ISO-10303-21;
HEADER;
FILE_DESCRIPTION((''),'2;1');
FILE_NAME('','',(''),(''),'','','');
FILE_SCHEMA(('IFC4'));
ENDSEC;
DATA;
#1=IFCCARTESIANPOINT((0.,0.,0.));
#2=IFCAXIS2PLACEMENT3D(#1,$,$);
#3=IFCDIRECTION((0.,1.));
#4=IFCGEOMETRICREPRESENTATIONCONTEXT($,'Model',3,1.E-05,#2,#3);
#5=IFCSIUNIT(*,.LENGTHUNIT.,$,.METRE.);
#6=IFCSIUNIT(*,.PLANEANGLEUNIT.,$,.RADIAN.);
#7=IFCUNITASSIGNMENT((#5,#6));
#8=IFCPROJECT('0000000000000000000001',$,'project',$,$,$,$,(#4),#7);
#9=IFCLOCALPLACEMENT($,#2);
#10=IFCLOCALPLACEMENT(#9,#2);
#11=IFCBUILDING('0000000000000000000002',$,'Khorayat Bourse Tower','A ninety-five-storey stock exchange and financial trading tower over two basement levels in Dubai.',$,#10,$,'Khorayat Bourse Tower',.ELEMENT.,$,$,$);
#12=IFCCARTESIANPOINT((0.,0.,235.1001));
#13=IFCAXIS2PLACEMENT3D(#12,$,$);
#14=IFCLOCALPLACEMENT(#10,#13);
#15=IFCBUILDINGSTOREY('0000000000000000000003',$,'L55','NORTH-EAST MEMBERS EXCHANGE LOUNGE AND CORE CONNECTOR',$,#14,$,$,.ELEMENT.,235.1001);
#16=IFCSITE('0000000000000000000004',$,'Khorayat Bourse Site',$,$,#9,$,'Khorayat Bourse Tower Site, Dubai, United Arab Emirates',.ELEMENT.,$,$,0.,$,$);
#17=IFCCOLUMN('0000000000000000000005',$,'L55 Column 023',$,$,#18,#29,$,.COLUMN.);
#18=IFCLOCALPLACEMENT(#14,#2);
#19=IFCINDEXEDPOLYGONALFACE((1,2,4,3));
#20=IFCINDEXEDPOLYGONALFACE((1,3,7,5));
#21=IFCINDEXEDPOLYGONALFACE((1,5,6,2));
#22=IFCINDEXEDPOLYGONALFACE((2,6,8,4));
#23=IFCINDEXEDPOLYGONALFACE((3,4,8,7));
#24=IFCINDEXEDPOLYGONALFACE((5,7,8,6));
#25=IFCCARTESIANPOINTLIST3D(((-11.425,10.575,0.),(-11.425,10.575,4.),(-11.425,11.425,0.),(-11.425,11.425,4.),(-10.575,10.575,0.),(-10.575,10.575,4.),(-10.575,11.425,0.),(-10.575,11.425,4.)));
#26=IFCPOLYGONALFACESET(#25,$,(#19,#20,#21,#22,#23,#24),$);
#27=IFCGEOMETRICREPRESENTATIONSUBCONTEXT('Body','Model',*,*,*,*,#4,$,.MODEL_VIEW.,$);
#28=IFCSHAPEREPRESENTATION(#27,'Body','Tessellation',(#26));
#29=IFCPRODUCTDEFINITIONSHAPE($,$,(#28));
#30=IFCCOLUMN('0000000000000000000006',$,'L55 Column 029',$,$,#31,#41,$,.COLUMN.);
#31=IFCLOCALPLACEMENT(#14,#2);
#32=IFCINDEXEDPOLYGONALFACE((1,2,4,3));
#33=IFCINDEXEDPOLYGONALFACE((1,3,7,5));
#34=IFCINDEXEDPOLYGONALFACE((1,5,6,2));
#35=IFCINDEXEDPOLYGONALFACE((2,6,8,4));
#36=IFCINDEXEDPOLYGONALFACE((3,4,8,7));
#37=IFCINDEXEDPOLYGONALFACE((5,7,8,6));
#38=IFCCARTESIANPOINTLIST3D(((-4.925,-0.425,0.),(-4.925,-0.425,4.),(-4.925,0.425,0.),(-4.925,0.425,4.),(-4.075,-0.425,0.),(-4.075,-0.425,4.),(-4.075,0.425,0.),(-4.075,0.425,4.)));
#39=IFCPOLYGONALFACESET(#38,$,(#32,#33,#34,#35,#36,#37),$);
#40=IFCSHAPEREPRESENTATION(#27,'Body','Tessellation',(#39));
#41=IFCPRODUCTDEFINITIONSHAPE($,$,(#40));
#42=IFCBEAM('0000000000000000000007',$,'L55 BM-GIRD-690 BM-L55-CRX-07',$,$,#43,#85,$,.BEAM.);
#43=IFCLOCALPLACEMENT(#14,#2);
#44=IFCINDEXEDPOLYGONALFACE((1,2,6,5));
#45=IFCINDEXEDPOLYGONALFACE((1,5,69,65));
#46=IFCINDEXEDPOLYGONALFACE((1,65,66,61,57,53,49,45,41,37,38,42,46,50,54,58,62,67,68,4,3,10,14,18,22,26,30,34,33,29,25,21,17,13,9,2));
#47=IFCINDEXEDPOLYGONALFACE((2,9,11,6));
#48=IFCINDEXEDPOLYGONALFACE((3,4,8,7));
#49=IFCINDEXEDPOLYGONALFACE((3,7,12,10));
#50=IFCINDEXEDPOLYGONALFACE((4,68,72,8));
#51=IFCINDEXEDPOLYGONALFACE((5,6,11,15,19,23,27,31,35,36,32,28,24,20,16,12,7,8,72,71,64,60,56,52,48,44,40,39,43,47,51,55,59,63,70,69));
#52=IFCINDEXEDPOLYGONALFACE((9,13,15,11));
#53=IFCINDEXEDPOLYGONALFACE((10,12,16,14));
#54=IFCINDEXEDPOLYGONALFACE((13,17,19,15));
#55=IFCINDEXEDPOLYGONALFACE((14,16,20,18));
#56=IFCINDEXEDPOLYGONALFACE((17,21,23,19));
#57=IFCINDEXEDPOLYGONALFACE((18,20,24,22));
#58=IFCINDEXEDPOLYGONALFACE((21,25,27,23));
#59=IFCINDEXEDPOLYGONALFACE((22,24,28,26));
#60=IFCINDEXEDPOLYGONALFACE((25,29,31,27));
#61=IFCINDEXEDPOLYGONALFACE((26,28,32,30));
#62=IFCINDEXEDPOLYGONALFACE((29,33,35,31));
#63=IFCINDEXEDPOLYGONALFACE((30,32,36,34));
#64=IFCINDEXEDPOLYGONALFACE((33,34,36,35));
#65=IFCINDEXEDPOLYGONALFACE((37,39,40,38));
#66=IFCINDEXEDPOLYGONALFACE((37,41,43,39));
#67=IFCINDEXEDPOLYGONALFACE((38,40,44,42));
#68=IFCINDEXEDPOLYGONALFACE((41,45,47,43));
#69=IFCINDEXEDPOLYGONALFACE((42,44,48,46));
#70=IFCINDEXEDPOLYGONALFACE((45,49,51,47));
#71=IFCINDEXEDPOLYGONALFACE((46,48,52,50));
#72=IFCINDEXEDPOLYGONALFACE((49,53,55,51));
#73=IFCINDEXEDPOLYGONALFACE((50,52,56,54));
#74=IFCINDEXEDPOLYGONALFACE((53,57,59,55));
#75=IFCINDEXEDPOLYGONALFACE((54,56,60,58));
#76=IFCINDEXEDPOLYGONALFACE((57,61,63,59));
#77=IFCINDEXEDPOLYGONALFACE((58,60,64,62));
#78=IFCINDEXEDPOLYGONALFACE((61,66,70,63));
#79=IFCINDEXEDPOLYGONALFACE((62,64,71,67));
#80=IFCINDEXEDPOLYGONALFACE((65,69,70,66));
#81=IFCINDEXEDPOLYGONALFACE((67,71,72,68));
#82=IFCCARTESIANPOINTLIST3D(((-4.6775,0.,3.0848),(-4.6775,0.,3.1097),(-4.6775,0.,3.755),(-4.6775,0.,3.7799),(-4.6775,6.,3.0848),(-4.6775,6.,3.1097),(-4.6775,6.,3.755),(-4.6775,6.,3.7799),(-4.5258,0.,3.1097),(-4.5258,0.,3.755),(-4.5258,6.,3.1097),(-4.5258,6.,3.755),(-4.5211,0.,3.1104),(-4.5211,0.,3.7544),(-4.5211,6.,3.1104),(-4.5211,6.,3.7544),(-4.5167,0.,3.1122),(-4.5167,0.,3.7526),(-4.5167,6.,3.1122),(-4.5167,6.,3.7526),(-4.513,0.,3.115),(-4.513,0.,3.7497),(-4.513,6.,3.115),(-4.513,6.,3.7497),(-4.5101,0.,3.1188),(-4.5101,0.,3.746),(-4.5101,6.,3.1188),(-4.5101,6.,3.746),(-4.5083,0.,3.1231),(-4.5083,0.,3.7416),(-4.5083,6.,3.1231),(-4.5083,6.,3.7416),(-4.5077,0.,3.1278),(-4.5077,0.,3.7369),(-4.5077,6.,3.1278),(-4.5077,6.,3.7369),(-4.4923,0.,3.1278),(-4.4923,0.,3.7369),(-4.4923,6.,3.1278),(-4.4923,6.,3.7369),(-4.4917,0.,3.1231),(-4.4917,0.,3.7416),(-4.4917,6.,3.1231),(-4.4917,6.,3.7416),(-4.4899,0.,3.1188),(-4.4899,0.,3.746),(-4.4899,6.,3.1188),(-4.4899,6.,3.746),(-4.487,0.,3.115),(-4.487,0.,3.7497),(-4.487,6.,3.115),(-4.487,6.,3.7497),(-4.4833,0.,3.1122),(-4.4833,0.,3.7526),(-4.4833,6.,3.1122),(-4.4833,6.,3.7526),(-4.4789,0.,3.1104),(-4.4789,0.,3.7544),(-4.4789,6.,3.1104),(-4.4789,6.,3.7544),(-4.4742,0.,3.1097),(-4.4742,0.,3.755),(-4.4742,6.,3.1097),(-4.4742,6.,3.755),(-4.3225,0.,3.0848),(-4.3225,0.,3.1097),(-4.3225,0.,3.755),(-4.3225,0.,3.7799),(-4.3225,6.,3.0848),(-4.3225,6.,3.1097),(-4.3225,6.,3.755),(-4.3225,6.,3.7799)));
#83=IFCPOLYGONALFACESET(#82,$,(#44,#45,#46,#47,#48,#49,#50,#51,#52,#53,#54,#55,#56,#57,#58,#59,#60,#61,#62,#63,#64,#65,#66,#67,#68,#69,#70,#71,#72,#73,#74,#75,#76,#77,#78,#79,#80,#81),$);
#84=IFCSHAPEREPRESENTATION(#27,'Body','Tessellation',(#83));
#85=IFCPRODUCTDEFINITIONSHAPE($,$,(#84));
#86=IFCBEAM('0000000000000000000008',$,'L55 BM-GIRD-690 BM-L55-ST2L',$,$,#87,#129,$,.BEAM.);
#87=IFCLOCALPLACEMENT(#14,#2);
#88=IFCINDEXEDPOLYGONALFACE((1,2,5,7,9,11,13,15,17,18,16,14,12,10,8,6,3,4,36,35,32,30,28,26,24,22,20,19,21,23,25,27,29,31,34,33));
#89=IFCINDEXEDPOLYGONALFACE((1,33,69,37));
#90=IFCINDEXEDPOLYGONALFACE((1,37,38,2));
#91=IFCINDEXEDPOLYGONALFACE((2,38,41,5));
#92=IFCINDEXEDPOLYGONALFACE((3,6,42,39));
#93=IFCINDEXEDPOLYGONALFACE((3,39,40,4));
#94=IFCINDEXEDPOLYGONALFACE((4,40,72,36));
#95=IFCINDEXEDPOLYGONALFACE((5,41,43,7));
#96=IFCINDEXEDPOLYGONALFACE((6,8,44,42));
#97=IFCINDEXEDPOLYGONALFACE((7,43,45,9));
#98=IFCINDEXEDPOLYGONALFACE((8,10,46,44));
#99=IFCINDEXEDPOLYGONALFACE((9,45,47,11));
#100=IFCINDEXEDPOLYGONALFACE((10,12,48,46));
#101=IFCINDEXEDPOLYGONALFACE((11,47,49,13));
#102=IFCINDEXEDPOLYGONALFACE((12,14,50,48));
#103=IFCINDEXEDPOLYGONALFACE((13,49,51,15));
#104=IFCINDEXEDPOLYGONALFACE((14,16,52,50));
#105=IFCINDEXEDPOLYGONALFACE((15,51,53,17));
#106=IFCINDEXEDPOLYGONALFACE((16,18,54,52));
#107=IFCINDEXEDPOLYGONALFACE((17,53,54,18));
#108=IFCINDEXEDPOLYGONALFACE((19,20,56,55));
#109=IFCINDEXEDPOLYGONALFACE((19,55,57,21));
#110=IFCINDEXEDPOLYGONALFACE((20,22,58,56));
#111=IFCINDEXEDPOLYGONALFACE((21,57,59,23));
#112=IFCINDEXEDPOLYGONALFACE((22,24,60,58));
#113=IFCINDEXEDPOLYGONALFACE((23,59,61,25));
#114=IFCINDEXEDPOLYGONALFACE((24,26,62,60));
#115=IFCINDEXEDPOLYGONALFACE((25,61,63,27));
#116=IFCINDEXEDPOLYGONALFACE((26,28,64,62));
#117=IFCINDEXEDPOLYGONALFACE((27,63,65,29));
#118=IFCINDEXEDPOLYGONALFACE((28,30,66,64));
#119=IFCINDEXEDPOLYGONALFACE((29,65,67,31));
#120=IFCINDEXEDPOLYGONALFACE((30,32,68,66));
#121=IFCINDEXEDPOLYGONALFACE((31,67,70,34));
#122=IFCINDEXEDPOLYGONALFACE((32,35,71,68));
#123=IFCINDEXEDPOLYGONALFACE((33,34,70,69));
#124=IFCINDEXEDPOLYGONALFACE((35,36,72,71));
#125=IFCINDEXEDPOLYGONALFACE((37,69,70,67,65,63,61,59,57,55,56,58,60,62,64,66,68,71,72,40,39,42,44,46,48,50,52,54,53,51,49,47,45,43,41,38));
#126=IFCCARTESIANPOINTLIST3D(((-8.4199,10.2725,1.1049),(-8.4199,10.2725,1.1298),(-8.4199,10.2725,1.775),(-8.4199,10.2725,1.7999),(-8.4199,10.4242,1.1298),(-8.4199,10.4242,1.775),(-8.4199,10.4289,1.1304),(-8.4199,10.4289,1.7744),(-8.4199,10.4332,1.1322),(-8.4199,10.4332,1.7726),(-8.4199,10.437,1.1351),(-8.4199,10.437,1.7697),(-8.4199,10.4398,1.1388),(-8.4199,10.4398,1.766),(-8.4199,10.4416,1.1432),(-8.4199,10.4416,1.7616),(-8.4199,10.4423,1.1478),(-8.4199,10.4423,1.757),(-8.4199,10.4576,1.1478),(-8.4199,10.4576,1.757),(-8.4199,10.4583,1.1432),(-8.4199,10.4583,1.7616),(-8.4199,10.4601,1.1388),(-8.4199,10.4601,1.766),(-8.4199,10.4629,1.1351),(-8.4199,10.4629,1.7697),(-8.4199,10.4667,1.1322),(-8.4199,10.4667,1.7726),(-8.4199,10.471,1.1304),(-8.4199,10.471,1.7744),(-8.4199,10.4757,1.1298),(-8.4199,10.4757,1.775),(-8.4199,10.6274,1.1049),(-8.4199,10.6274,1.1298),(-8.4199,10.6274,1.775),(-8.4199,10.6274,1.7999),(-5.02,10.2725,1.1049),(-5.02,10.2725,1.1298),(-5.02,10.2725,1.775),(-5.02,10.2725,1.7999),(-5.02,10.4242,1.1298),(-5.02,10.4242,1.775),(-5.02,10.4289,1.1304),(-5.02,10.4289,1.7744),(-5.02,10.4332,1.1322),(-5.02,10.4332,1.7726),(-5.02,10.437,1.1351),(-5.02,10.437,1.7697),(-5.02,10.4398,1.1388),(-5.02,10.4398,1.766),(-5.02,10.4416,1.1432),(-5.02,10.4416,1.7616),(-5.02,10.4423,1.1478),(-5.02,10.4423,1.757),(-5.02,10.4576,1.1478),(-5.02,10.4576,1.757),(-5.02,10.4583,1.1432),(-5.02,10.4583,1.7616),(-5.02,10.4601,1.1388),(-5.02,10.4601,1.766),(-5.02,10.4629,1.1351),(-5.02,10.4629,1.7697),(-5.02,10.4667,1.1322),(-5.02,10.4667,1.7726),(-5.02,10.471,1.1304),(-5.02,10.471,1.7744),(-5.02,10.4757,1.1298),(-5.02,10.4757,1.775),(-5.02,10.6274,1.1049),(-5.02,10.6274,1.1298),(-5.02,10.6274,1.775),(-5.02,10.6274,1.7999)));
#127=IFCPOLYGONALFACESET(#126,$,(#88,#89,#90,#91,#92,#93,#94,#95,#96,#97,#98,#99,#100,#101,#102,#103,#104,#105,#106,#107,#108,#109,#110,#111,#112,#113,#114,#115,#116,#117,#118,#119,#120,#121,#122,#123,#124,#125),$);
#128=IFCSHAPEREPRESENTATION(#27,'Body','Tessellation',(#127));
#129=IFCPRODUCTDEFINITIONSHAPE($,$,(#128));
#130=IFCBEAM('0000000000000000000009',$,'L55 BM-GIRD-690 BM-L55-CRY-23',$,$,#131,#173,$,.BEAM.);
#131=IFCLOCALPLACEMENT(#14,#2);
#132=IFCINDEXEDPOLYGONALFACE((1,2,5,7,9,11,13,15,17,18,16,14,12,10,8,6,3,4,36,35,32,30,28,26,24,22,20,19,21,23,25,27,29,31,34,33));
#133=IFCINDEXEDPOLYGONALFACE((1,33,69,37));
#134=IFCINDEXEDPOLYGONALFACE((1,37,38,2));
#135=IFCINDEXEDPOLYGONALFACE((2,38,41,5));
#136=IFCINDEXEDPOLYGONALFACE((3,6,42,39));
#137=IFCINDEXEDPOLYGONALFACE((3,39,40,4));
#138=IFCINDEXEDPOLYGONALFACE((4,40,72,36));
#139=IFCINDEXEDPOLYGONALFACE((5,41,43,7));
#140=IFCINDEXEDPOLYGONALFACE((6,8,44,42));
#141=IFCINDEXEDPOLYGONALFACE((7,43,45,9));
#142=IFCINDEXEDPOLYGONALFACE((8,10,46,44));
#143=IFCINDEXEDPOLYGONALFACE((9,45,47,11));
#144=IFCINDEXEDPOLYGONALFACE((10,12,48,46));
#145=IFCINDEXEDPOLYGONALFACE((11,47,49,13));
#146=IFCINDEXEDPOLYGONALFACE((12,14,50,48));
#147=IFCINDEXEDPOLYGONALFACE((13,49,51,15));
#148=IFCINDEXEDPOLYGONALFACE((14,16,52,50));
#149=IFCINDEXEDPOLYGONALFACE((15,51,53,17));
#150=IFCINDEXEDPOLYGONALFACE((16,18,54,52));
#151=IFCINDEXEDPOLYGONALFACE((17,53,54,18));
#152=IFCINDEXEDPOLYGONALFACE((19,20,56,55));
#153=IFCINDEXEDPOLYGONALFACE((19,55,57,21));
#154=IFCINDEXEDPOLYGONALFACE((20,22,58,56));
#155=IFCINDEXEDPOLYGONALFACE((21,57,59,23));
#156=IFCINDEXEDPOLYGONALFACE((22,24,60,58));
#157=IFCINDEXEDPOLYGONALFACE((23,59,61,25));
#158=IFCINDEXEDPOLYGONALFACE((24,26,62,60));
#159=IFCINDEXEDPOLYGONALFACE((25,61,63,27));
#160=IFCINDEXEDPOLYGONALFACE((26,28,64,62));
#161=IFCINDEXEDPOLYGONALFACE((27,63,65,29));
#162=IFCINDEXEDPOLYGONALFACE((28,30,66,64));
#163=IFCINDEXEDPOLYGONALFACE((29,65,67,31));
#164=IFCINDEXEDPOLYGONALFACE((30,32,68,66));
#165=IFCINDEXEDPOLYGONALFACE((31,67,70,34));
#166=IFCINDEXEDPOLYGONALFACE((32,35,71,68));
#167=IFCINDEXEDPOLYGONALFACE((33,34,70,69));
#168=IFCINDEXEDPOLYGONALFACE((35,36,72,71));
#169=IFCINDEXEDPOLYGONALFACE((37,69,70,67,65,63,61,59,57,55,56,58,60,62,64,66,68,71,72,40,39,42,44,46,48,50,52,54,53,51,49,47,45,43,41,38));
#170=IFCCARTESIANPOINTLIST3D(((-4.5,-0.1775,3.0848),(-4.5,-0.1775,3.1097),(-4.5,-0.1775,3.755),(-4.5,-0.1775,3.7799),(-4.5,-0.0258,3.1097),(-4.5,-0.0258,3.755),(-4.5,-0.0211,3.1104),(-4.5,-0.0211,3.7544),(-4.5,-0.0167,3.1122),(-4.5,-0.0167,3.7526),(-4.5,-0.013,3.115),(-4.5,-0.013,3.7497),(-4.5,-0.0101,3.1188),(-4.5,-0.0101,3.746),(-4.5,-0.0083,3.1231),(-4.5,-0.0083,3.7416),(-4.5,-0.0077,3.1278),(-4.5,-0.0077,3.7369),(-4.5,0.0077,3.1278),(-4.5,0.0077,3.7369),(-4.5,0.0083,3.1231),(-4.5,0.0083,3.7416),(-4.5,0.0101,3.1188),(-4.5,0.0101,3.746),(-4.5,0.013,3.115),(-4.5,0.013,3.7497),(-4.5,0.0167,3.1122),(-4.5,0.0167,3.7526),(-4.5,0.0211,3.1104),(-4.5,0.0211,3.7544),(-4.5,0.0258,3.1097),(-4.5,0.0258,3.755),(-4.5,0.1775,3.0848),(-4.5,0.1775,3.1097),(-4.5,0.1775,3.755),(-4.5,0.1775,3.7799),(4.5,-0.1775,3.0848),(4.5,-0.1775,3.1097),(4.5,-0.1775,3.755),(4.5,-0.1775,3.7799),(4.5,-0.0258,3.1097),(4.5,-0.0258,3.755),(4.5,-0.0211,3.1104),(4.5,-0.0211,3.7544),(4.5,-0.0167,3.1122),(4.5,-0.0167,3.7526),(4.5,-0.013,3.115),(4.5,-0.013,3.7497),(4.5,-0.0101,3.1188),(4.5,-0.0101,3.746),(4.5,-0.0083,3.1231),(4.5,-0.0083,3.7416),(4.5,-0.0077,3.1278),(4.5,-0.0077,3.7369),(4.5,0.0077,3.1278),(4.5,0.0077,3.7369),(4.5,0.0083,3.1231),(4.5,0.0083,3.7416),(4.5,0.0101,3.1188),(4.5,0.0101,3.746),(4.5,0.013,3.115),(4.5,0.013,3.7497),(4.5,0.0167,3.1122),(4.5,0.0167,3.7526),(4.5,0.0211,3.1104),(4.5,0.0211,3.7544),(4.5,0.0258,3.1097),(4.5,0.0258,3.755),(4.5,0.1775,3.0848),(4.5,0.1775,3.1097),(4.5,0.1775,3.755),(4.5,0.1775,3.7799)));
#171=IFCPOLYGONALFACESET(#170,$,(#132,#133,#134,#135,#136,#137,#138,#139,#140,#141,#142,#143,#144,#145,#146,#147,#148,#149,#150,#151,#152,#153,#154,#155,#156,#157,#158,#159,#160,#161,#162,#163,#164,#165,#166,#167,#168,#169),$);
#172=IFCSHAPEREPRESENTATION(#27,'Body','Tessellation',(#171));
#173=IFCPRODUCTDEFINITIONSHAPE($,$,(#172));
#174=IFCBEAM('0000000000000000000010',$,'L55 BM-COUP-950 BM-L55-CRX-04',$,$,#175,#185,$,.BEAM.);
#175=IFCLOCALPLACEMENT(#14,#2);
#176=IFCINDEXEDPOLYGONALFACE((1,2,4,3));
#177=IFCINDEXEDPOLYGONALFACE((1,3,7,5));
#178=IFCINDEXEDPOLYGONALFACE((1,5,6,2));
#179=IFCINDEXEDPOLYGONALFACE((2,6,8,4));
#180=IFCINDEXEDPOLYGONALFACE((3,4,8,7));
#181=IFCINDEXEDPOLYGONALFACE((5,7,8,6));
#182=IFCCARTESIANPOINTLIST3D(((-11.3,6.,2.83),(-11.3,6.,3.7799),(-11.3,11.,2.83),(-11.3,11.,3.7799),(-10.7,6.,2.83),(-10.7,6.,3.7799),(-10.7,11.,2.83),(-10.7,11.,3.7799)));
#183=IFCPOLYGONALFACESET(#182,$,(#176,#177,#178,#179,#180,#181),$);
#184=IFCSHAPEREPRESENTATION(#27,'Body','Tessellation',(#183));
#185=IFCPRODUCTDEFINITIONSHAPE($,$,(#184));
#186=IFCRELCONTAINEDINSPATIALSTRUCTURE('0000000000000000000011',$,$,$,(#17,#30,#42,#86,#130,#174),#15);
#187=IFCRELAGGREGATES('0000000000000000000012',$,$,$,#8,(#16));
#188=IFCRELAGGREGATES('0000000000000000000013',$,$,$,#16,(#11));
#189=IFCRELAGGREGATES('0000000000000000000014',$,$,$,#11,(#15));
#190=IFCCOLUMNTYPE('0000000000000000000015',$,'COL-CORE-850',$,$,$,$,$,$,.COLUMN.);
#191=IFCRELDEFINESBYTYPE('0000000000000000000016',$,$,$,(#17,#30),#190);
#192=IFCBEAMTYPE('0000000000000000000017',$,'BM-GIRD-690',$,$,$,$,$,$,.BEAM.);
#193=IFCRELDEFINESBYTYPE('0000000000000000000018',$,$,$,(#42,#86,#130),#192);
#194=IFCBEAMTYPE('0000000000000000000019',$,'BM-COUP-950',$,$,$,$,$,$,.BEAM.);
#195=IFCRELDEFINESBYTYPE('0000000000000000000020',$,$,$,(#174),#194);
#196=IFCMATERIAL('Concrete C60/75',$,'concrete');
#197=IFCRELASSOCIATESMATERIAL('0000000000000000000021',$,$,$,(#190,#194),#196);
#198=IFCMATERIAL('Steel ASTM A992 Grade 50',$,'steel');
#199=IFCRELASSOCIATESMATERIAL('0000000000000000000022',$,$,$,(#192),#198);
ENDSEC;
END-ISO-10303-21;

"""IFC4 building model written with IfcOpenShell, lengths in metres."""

from ifc_helpers import new_model, si_unit, direction, frame, origin, origin_2d, place, context, subcontext, project, spatial, rectangle, i_section, extrude, source, transform, mapped, material, material_profile, profile_set, type_object, element, save


model = new_model("IFC4")

# Units and contexts
model_context = context("Model", 3, precision=1e-05, world=origin(), true_north=direction((0.0, 1.0)))
body_context = subcontext(model_context, "Body", "Model", "MODEL_VIEW")
ifc_project = project(units=[si_unit("LENGTHUNIT", "METRE"), si_unit("PLANEANGLEUNIT", "RADIAN")], contexts=[model_context])

# Site, building, storey
site_placement = place(None, origin())
site = spatial("IfcSite", under=ifc_project, at=site_placement, Name="Khorayat Bourse Site", LongName="Khorayat Bourse Tower Site, Dubai, United Arab Emirates", CompositionType="ELEMENT", RefElevation=0.0)
building_placement = place(site_placement, origin())
building = spatial("IfcBuilding", under=site, at=building_placement, Name="Khorayat Bourse Tower", Description="A ninety-five-storey stock exchange and financial trading tower over two basement levels in Dubai.", LongName="Khorayat Bourse Tower", CompositionType="ELEMENT")
storey_placement = place(building_placement, frame((0.0, 0.0, 235.1001)))
storey = spatial("IfcBuildingStorey", under=building, at=storey_placement, Name="L55", Description="NORTH-EAST MEMBERS EXCHANGE LOUNGE AND CORE CONNECTOR", CompositionType="ELEMENT", Elevation=235.1001)

# Columns
ifc_material_1 = material(Name="Concrete C60/75", Category="concrete")
ifc_material_profile_1 = material_profile(ifc_material_1, rectangle(XDim=0.8501, YDim=0.8501, at=origin_2d()), Name="RC 850x850")
ifc_profile_set_1 = profile_set([ifc_material_profile_1], Name="Concrete C60/75")
column_type = type_object("IfcColumnType", Name="COL-CORE-850", PredefinedType="COLUMN", material=ifc_profile_set_1)
shared_shape_1 = source(origin(), body_context, "Body", "SweptSolid", [
    extrude(rectangle(XDim=0.8501, YDim=0.8501, at=origin_2d()), origin(), (0.0, 0.0, 1.0), 4.0),
])
for number, where, z_axis, x_axis, name in (
    (1, (-11.0, 11.0, 0.0), (0.0, 0.0, 1.0), (1.0, 0.0, 0.0), "L55 Column 023"),
    (2, (-4.5, 0.0, 0.0), (0.0, 0.0, 1.0), (1.0, 0.0, 0.0), "L55 Column 029"),
):
    element("IfcColumn", number, at=place(storey_placement, frame(where, z_axis=z_axis, x_axis=x_axis)), inside=storey, type_object=column_type, Name=name, PredefinedType="COLUMN", context=body_context, shape_type="MappedRepresentation", body=[
        mapped(shared_shape_1, transform((0.0, 0.0, 0.0), scale=1.0)),
    ])

# Beams
ifc_material_2 = material(Name="Steel ASTM A992 Grade 50", Category="steel")
ifc_material_profile_2 = material_profile(ifc_material_2, i_section(OverallWidth=0.355, OverallDepth=0.6951, WebThickness=0.0154, FlangeThickness=0.0249, FilletRadius=0.0181, at=origin_2d()), Name="W690X217")
ifc_profile_set_2 = profile_set([ifc_material_profile_2], Name="Steel ASTM A992 Grade 50")
beam_type_1 = type_object("IfcBeamType", Name="BM-GIRD-690", PredefinedType="BEAM", material=ifc_profile_set_2)
shared_shape_2 = source(origin(), body_context, "Body", "SweptSolid", [
    extrude(i_section(OverallWidth=0.355, OverallDepth=0.6951, WebThickness=0.0154, FlangeThickness=0.0249, FilletRadius=0.0181, at=origin_2d()), origin(), (0.0, 0.0, 1.0), 6.0),
])
beam_1_placement = place(storey_placement, frame((-4.5, 0.0, 3.4324), z_axis=(0.0, 1.0, 0.0), x_axis=(-1.0, 0.0, 0.0)))
element("IfcBeam", 3, at=beam_1_placement, inside=storey, type_object=beam_type_1, Name="L55 BM-GIRD-690 BM-L55-CRX-07", PredefinedType="BEAM", context=body_context, shape_type="MappedRepresentation", body=[
    mapped(shared_shape_2, transform((0.0, 0.0, 0.0), scale=1.0)),
])
shared_shape_3 = source(origin(), body_context, "Body", "SweptSolid", [
    extrude(i_section(OverallWidth=0.355, OverallDepth=0.6951, WebThickness=0.0154, FlangeThickness=0.0249, FilletRadius=0.0181, at=origin_2d()), origin(), (0.0, 0.0, 1.0), 3.3999),
])
beam_2_placement = place(storey_placement, frame((-8.4199, 10.45, 1.4524), z_axis=(1.0, 0.0, 0.0), x_axis=(0.0, 1.0, 0.0)))
element("IfcBeam", 4, at=beam_2_placement, inside=storey, type_object=beam_type_1, Name="L55 BM-GIRD-690 BM-L55-ST2L", PredefinedType="BEAM", context=body_context, shape_type="MappedRepresentation", body=[
    mapped(shared_shape_3, transform((0.0, 0.0, 0.0), scale=1.0)),
])
shared_shape_4 = source(origin(), body_context, "Body", "SweptSolid", [
    extrude(i_section(OverallWidth=0.355, OverallDepth=0.6951, WebThickness=0.0154, FlangeThickness=0.0249, FilletRadius=0.0181, at=origin_2d()), origin(), (0.0, 0.0, 1.0), 9.0),
])
beam_3_placement = place(storey_placement, frame((-4.5, 0.0, 3.4324), z_axis=(1.0, 0.0, 0.0), x_axis=(0.0, 1.0, 0.0)))
element("IfcBeam", 5, at=beam_3_placement, inside=storey, type_object=beam_type_1, Name="L55 BM-GIRD-690 BM-L55-CRY-23", PredefinedType="BEAM", context=body_context, shape_type="MappedRepresentation", body=[
    mapped(shared_shape_4, transform((0.0, 0.0, 0.0), scale=1.0)),
])
ifc_material_profile_3 = material_profile(ifc_material_1, rectangle(XDim=0.6001, YDim=0.95, at=origin_2d()), Name="RC 600x950")
ifc_profile_set_3 = profile_set([ifc_material_profile_3], Name="Concrete C60/75")
beam_type_2 = type_object("IfcBeamType", Name="BM-COUP-950", PredefinedType="BEAM", material=ifc_profile_set_3)
shared_shape_5 = source(origin(), body_context, "Body", "SweptSolid", [
    extrude(rectangle(XDim=0.6001, YDim=0.95, at=origin_2d()), origin(), (0.0, 0.0, 1.0), 5.0),
])
beam_4_placement = place(storey_placement, frame((-11.0, 6.0, 3.3049), z_axis=(0.0, 1.0, 0.0), x_axis=(-1.0, 0.0, 0.0)))
element("IfcBeam", 6, at=beam_4_placement, inside=storey, type_object=beam_type_2, Name="L55 BM-COUP-950 BM-L55-CRX-04", PredefinedType="BEAM", context=body_context, shape_type="MappedRepresentation", body=[
    mapped(shared_shape_5, transform((0.0, 0.0, 0.0), scale=1.0)),
])

save(model, "model.ifc")
